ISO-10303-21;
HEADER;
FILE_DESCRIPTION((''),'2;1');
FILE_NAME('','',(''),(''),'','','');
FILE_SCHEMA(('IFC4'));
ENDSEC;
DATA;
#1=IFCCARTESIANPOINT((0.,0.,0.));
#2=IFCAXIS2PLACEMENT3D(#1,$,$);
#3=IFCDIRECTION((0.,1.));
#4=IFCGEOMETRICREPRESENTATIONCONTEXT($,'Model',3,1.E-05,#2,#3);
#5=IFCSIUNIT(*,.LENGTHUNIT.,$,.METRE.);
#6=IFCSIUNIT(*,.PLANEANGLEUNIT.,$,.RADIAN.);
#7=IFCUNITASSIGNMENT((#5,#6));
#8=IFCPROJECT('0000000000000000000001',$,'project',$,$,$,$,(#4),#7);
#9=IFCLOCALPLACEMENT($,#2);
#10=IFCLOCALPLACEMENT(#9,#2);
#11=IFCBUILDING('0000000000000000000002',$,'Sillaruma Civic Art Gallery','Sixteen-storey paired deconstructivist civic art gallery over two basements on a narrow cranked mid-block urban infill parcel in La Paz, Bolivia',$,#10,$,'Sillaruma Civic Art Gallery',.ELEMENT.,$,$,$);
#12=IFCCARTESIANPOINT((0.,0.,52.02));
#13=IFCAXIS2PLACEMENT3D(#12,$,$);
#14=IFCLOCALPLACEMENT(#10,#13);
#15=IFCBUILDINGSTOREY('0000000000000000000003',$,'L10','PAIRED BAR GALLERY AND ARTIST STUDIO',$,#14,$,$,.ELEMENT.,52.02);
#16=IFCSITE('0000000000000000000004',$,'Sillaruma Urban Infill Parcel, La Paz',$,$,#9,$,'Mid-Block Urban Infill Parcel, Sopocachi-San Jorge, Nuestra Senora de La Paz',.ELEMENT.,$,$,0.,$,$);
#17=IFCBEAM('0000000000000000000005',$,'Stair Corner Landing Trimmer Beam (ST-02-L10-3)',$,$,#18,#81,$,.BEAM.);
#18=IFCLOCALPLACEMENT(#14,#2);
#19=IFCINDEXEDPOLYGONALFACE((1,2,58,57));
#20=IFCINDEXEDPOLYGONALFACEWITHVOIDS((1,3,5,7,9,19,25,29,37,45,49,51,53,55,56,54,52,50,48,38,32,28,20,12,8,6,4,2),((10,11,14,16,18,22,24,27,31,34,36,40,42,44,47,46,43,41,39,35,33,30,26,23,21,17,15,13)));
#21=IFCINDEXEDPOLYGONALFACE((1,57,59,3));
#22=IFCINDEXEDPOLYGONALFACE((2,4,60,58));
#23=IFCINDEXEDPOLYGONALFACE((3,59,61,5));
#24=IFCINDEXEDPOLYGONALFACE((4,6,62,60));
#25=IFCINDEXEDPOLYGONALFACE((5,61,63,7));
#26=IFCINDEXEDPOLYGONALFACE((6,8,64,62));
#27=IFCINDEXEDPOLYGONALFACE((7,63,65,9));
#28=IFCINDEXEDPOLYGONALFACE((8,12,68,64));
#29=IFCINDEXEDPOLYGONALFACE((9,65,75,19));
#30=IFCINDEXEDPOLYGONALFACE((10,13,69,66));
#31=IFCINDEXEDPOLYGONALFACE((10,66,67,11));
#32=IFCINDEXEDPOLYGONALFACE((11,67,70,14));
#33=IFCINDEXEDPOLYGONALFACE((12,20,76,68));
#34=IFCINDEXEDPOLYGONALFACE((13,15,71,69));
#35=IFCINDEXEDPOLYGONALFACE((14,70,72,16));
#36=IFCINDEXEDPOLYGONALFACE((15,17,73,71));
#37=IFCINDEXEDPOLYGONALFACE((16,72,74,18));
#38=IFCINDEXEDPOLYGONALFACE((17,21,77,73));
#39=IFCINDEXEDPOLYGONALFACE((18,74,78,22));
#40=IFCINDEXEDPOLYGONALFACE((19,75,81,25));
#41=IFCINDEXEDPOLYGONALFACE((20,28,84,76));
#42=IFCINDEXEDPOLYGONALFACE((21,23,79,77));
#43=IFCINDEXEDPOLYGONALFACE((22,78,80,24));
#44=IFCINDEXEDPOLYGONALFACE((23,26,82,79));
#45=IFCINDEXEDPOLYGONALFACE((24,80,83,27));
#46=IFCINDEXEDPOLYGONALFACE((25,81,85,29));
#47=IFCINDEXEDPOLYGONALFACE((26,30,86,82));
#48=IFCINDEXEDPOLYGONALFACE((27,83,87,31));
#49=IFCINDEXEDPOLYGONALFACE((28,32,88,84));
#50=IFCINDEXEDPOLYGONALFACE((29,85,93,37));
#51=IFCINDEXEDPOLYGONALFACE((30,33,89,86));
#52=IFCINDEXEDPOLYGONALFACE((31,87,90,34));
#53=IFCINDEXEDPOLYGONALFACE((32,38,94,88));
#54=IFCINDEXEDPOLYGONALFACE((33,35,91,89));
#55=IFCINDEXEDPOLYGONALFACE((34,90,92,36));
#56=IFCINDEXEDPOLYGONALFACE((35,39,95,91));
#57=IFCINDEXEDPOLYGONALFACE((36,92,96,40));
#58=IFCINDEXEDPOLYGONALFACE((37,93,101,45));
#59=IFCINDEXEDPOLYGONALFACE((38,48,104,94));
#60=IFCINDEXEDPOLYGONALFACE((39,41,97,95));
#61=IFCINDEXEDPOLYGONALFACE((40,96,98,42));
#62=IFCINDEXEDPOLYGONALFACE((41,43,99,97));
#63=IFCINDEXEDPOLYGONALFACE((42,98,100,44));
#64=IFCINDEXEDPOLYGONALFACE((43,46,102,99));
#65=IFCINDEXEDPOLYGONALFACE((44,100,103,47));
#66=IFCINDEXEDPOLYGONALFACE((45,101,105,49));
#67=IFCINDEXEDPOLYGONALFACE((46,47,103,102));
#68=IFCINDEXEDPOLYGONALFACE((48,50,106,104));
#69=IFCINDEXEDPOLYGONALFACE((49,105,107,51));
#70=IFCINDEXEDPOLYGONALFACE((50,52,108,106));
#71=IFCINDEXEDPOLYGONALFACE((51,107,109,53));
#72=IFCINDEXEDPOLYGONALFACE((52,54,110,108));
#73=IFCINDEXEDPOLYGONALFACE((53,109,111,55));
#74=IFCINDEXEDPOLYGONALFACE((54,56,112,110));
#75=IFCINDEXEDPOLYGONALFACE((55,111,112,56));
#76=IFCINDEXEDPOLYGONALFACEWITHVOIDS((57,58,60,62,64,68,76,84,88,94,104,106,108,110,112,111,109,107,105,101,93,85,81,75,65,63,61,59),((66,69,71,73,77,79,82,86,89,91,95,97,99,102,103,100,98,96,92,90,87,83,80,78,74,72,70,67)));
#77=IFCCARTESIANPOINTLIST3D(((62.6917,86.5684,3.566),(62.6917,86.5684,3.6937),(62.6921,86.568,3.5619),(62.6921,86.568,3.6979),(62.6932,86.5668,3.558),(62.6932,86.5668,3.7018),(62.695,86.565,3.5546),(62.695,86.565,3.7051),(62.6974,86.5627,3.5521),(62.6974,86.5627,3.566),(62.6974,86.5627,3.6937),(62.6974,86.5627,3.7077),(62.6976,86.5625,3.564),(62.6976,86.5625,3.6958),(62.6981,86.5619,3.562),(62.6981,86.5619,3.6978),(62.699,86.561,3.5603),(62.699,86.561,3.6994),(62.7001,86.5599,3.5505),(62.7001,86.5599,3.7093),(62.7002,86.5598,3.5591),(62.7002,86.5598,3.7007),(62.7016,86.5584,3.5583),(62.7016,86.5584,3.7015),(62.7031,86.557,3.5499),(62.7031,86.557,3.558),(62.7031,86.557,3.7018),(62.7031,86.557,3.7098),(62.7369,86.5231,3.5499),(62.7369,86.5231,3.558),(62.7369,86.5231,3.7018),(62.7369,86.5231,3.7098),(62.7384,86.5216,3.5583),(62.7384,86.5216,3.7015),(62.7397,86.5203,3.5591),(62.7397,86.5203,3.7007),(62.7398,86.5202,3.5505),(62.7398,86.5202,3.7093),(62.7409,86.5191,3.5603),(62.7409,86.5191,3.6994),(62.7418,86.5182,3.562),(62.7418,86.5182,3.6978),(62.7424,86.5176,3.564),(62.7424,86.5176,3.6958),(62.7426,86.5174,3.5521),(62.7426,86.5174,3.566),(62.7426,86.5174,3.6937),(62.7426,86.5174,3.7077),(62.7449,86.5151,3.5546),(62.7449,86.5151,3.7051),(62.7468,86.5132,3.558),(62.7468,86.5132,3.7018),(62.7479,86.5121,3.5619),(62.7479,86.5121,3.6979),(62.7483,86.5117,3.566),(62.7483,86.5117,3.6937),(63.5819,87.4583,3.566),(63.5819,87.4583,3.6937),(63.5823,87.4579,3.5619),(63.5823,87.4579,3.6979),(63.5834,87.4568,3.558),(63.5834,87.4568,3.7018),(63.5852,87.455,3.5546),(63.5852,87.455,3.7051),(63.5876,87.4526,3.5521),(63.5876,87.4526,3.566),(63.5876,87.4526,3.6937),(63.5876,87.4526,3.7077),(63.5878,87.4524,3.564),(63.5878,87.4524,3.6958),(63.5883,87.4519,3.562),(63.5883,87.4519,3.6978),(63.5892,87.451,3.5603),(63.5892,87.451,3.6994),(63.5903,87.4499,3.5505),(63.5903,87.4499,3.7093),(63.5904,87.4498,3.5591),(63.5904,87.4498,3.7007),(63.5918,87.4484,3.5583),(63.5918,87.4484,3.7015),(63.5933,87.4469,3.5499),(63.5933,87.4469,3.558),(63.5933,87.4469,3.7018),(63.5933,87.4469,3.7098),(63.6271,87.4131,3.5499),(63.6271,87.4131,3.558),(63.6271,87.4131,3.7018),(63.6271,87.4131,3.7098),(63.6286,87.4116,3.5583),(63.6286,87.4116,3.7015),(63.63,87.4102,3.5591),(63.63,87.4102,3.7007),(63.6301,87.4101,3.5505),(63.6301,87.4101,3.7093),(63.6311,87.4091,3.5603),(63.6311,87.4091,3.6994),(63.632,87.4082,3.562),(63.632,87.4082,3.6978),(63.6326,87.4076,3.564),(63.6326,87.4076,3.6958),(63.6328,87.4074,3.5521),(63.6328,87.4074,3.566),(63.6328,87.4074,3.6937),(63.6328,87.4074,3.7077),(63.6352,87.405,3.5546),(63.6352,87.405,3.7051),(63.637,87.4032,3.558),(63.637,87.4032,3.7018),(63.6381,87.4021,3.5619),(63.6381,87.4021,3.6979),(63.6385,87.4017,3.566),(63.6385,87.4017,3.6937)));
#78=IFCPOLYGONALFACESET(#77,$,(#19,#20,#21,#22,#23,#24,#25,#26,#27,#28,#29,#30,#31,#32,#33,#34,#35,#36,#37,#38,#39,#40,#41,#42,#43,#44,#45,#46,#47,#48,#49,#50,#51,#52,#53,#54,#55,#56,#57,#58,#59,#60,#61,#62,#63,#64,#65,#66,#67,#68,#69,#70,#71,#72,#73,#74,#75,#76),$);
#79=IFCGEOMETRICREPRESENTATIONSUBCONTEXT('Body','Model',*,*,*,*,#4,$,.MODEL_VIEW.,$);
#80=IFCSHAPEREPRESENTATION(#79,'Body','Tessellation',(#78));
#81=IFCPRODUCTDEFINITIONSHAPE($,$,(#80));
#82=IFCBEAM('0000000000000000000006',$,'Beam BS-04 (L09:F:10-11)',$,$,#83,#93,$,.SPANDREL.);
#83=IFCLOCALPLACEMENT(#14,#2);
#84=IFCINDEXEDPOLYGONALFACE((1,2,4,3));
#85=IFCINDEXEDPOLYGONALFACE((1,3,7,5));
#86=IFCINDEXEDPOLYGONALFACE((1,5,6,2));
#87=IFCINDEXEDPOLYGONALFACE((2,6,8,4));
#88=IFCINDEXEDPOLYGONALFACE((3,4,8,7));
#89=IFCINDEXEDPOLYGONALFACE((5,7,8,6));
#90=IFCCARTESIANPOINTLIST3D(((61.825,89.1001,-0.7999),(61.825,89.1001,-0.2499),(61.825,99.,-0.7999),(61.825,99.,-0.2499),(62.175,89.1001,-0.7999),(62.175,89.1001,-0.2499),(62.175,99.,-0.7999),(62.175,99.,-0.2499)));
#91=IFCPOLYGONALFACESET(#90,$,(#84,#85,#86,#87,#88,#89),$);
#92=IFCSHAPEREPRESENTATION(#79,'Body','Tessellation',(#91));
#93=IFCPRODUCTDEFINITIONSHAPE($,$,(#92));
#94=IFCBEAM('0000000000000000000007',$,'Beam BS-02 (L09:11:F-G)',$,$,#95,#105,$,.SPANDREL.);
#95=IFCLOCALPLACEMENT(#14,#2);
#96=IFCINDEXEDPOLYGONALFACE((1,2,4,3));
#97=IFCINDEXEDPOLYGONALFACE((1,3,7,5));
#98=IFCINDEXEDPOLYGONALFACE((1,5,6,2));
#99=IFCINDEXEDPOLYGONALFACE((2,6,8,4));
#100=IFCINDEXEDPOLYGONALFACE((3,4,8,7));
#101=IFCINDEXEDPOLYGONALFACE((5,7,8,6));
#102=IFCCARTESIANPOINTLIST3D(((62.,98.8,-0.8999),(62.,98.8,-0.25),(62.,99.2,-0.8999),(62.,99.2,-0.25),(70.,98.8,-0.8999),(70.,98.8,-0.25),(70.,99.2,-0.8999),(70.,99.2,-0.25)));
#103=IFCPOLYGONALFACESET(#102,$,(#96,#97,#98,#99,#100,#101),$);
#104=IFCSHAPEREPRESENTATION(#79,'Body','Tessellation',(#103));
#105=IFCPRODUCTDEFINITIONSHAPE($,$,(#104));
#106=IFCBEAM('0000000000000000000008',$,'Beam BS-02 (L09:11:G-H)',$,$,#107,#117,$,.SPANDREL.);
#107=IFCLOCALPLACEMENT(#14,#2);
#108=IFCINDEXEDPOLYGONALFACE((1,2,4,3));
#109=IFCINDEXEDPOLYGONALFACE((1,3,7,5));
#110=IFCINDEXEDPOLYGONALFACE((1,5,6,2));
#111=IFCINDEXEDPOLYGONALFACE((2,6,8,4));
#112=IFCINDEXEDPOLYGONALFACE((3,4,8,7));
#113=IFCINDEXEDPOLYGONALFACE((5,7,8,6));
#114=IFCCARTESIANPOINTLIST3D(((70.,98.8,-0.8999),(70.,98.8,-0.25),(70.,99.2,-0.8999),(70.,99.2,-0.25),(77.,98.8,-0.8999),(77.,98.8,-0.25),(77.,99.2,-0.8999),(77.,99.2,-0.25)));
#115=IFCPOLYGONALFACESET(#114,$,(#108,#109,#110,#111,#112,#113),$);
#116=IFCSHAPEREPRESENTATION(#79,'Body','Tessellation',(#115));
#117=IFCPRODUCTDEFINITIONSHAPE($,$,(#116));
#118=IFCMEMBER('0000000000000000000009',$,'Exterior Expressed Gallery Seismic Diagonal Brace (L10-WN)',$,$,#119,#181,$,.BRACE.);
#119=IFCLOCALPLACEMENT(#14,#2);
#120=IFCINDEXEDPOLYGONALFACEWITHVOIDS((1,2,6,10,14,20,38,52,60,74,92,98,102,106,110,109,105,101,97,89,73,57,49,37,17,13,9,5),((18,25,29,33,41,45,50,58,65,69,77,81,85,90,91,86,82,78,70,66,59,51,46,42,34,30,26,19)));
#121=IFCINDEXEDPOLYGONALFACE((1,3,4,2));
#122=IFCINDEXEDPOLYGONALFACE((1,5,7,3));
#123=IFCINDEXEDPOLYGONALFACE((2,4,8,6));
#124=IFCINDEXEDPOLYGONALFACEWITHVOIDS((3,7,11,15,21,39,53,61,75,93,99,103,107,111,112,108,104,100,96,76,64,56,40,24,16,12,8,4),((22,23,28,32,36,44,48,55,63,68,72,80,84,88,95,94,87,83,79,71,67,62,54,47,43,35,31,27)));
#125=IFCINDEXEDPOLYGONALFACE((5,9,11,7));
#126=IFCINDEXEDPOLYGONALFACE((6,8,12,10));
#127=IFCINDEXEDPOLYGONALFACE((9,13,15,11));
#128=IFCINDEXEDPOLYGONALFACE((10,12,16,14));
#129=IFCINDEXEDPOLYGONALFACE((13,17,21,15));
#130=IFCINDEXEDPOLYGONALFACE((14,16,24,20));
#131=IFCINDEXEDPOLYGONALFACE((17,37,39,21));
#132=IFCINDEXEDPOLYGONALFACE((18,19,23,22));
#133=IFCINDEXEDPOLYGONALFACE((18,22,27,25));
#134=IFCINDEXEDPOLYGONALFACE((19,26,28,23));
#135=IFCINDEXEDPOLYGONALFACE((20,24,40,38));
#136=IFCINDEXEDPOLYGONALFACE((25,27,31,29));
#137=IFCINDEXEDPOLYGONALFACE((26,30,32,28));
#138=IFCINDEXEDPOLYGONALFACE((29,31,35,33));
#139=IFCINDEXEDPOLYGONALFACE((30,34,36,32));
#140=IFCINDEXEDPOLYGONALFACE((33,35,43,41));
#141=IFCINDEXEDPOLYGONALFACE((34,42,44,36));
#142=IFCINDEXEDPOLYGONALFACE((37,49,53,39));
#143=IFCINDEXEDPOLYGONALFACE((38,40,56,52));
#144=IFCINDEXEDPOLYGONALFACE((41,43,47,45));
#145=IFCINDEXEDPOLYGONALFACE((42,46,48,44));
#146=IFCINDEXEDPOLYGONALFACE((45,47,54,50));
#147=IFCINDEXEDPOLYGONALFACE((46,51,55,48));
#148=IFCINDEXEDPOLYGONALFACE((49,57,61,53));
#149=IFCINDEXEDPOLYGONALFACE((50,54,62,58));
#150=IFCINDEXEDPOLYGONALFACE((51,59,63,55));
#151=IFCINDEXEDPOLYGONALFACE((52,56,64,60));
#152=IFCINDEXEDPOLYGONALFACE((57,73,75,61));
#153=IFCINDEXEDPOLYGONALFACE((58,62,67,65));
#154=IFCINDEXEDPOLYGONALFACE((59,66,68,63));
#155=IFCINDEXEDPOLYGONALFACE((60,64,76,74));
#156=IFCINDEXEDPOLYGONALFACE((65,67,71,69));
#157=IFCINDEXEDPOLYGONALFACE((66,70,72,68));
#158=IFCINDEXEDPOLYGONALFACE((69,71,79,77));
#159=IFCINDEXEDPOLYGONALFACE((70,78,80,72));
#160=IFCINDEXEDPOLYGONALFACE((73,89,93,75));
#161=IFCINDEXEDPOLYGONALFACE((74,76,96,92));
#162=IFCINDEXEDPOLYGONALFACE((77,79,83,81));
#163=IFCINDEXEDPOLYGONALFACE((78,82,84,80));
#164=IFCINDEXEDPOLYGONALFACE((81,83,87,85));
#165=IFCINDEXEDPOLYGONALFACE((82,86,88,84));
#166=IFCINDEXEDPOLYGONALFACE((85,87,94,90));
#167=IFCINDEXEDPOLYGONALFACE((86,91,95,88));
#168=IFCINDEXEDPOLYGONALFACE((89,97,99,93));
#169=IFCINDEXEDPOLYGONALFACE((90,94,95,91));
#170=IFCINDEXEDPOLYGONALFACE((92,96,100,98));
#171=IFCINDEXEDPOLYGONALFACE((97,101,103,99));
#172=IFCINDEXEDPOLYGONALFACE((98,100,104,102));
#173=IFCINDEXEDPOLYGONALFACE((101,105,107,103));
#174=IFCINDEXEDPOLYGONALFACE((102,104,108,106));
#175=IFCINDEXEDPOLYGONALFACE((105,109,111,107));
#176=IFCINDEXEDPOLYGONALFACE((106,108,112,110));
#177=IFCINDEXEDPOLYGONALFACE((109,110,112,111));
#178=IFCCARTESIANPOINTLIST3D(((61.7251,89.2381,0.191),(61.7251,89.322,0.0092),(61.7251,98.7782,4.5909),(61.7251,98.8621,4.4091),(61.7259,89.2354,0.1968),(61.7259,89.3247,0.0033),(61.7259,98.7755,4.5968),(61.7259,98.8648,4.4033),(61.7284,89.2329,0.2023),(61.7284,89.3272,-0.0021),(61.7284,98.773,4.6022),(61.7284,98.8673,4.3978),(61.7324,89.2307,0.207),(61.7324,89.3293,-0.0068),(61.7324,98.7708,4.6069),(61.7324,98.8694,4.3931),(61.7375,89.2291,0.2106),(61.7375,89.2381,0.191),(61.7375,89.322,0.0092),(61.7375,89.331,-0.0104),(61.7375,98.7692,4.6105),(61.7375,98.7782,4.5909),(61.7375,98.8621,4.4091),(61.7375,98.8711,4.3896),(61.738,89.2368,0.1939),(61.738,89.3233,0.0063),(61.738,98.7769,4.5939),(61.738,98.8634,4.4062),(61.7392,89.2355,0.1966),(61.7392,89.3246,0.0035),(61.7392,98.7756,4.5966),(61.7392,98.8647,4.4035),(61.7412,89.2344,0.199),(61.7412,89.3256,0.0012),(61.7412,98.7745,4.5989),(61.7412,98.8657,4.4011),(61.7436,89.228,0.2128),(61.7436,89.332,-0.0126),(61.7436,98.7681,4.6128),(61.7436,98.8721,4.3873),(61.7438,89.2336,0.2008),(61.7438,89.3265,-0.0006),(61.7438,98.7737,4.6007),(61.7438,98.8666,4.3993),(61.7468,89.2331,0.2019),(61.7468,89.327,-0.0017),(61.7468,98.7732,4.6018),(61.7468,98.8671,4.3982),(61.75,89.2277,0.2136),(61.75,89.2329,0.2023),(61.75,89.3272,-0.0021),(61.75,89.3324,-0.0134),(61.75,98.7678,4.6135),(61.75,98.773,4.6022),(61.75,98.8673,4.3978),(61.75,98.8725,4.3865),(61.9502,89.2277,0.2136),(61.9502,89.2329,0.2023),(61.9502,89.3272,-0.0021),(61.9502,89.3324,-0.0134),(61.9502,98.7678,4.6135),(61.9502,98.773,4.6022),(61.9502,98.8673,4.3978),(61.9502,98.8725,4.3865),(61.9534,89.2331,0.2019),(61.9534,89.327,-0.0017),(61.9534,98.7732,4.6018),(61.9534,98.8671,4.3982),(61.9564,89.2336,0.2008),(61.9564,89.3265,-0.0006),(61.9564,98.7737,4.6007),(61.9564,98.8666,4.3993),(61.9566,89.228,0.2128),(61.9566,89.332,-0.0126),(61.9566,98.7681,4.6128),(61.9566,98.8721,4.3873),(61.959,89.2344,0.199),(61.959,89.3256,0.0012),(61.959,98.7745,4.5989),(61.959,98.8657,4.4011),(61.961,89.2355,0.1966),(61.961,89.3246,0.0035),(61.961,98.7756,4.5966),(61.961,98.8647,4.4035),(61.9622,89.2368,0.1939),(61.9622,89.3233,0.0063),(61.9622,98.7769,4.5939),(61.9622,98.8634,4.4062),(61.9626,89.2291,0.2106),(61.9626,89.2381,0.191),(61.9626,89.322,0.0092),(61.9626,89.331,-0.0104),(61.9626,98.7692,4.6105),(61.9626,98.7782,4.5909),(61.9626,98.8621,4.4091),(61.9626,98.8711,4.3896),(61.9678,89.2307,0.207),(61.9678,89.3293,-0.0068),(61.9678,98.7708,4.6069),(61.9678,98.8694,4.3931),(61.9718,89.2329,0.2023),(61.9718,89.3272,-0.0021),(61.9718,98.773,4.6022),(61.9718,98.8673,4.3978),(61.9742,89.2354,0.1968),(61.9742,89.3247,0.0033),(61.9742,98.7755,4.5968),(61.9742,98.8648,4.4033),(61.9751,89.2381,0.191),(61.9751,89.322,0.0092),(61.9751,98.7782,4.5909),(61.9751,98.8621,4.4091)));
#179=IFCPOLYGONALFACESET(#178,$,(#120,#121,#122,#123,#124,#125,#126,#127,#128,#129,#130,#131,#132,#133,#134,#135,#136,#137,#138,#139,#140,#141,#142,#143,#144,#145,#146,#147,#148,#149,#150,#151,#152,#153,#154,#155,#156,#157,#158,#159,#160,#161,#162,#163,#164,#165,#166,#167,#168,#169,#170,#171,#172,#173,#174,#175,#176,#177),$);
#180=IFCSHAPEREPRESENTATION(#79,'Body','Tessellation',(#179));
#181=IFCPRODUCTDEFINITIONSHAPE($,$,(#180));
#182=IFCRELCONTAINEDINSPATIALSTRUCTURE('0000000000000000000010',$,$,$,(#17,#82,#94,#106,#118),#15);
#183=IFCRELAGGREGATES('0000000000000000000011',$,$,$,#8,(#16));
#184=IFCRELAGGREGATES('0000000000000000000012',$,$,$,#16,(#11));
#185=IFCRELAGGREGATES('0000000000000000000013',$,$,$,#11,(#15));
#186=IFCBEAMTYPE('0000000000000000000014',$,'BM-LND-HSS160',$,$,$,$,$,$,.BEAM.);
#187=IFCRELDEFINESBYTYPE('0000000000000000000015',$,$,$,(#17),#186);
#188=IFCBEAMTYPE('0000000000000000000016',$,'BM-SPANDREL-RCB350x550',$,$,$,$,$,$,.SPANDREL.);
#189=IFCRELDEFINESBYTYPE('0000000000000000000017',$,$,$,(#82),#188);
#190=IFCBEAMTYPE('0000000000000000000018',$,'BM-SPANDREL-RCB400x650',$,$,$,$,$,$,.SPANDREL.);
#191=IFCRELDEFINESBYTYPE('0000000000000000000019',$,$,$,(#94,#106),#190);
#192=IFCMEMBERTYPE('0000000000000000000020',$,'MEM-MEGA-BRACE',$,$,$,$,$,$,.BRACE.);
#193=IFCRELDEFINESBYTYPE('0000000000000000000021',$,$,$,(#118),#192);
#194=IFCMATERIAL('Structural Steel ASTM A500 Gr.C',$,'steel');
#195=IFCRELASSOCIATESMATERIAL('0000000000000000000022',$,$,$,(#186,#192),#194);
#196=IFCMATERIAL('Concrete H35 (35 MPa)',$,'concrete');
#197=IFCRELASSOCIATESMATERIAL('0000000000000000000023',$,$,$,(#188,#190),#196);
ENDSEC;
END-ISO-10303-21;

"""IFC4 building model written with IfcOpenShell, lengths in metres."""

from ifc_helpers import new_model, si_unit, direction, frame, origin, origin_2d, place, context, subcontext, project, spatial, rectangle, hollow_rectangle, extrude, material, material_profile, profile_set, type_object, element, save


model = new_model("IFC4")

# Units and contexts
model_context = context("Model", 3, precision=1e-05, world=origin(), true_north=direction((0.0, 1.0)))
body_context = subcontext(model_context, "Body", "Model", "MODEL_VIEW")
ifc_project = project(units=[si_unit("LENGTHUNIT", "METRE"), si_unit("PLANEANGLEUNIT", "RADIAN")], contexts=[model_context])

# Site, building, storey
site_placement = place(None, origin())
site = spatial("IfcSite", under=ifc_project, at=site_placement, Name="Sillaruma Urban Infill Parcel, La Paz", LongName="Mid-Block Urban Infill Parcel, Sopocachi-San Jorge, Nuestra Senora de La Paz", CompositionType="ELEMENT", RefElevation=0.0)
building_placement = place(site_placement, origin())
building = spatial("IfcBuilding", under=site, at=building_placement, Name="Sillaruma Civic Art Gallery", Description="Sixteen-storey paired deconstructivist civic art gallery over two basements on a narrow cranked mid-block urban infill parcel in La Paz, Bolivia", LongName="Sillaruma Civic Art Gallery", CompositionType="ELEMENT")
storey_placement = place(building_placement, frame((0.0, 0.0, 52.02)))
storey = spatial("IfcBuildingStorey", under=building, at=storey_placement, Name="L10", Description="PAIRED BAR GALLERY AND ARTIST STUDIO", CompositionType="ELEMENT", Elevation=52.02)

# Beams
ifc_material_1 = material(Name="Concrete H35 (35 MPa)", Category="concrete")
ifc_material_2 = material(Name="Structural Steel ASTM A500 Gr.C", Category="steel")
ifc_material_profile_1 = material_profile(ifc_material_2, hollow_rectangle(XDim=0.0801, YDim=0.1599, WallThickness=0.0081, InnerFilletRadius=0.0081, OuterFilletRadius=0.0161, at=origin_2d()), Name="HSS160x80x8")
ifc_profile_set_1 = profile_set([ifc_material_profile_1], Name="Structural Steel ASTM A500 Gr.C")
beam_type_1 = type_object("IfcBeamType", Name="BM-LND-HSS160", PredefinedType="BEAM", material=ifc_profile_set_1)
for number, where, z_axis, x_axis, name in (
    (1, (62.72, 86.54, 3.6299), (0.707204, 0.70701, 0.0), (-0.70701, 0.707204, 0.0), "Stair Corner Landing Trimmer Beam (ST-02-L10-3)"),
):
    element("IfcBeam", number, at=place(storey_placement, frame(where, z_axis=z_axis, x_axis=x_axis)), inside=storey, type_object=beam_type_1, Name=name, PredefinedType="BEAM", context=body_context, shape_type="SweptSolid", body=[
        extrude(hollow_rectangle(XDim=0.0801, YDim=0.1599, WallThickness=0.0081, InnerFilletRadius=0.0081, OuterFilletRadius=0.0161, at=origin_2d()), origin(), (0.0, 0.0, 1.0), 1.2588),
    ])
ifc_material_profile_2 = material_profile(ifc_material_1, rectangle(XDim=0.3501, YDim=0.55, at=origin_2d()), Name="RCB350x550")
ifc_profile_set_2 = profile_set([ifc_material_profile_2], Name="Concrete H35 (35 MPa)")
beam_type_2 = type_object("IfcBeamType", Name="BM-SPANDREL-RCB350x550", PredefinedType="SPANDREL", material=ifc_profile_set_2)
beam_1_placement = place(storey_placement, frame((62.0, 89.1001, -0.5249), z_axis=(0.0, 1.0, 0.0), x_axis=(-1.0, 0.0, 0.0)))
element("IfcBeam", 2, at=beam_1_placement, inside=storey, type_object=beam_type_2, Name="Beam BS-04 (L09:F:10-11)", PredefinedType="SPANDREL", context=body_context, shape_type="SweptSolid", body=[
    extrude(rectangle(XDim=0.3501, YDim=0.55, at=origin_2d()), origin(), (0.0, 0.0, 1.0), 9.8999),
])
ifc_material_profile_3 = material_profile(ifc_material_1, rectangle(XDim=0.3999, YDim=0.6499, at=origin_2d()), Name="RCB400x650")
ifc_profile_set_3 = profile_set([ifc_material_profile_3], Name="Concrete H35 (35 MPa)")
beam_type_3 = type_object("IfcBeamType", Name="BM-SPANDREL-RCB400x650", PredefinedType="SPANDREL", material=ifc_profile_set_3)
beam_2_placement = place(storey_placement, frame((62.0, 99.0, -0.575), z_axis=(1.0, 0.0, 0.0), x_axis=(0.0, 1.0, 0.0)))
element("IfcBeam", 3, at=beam_2_placement, inside=storey, type_object=beam_type_3, Name="Beam BS-02 (L09:11:F-G)", PredefinedType="SPANDREL", context=body_context, shape_type="SweptSolid", body=[
    extrude(rectangle(XDim=0.3999, YDim=0.6499, at=origin_2d()), origin(), (0.0, 0.0, 1.0), 8.0),
])
beam_3_placement = place(storey_placement, frame((70.0, 99.0, -0.575), z_axis=(1.0, 0.0, 0.0), x_axis=(0.0, 1.0, 0.0)))
element("IfcBeam", 4, at=beam_3_placement, inside=storey, type_object=beam_type_3, Name="Beam BS-02 (L09:11:G-H)", PredefinedType="SPANDREL", context=body_context, shape_type="SweptSolid", body=[
    extrude(rectangle(XDim=0.3999, YDim=0.6499, at=origin_2d()), origin(), (0.0, 0.0, 1.0), 7.0),
])

# Member
ifc_material_profile_4 = material_profile(ifc_material_2, hollow_rectangle(XDim=0.25, YDim=0.25, WallThickness=0.0125, InnerFilletRadius=0.0125, OuterFilletRadius=0.0249, at=origin_2d()), Name="HSS250x250x12.5")
ifc_profile_set_4 = profile_set([ifc_material_profile_4], Name="Structural Steel ASTM A500 Gr.C")
member_type_1 = type_object("IfcMemberType", Name="MEM-MEGA-BRACE", PredefinedType="BRACE", material=ifc_profile_set_4)
member_1_placement = place(storey_placement, frame((61.8501, 89.28, 0.1001), z_axis=(0.0, 0.908075, 0.418808), x_axis=(-1.0, 0.0, 0.0)))
element("IfcMember", 5, at=member_1_placement, inside=storey, type_object=member_type_1, Name="Exterior Expressed Gallery Seismic Diagonal Brace (L10-WN)", PredefinedType="BRACE", context=body_context, shape_type="SweptSolid", body=[
    extrude(hollow_rectangle(XDim=0.25, YDim=0.25, WallThickness=0.0125, InnerFilletRadius=0.0125, OuterFilletRadius=0.0249, at=origin_2d()), origin(), (0.0, 0.0, 1.0), 10.5059),
])

save(model, "model.ifc")
